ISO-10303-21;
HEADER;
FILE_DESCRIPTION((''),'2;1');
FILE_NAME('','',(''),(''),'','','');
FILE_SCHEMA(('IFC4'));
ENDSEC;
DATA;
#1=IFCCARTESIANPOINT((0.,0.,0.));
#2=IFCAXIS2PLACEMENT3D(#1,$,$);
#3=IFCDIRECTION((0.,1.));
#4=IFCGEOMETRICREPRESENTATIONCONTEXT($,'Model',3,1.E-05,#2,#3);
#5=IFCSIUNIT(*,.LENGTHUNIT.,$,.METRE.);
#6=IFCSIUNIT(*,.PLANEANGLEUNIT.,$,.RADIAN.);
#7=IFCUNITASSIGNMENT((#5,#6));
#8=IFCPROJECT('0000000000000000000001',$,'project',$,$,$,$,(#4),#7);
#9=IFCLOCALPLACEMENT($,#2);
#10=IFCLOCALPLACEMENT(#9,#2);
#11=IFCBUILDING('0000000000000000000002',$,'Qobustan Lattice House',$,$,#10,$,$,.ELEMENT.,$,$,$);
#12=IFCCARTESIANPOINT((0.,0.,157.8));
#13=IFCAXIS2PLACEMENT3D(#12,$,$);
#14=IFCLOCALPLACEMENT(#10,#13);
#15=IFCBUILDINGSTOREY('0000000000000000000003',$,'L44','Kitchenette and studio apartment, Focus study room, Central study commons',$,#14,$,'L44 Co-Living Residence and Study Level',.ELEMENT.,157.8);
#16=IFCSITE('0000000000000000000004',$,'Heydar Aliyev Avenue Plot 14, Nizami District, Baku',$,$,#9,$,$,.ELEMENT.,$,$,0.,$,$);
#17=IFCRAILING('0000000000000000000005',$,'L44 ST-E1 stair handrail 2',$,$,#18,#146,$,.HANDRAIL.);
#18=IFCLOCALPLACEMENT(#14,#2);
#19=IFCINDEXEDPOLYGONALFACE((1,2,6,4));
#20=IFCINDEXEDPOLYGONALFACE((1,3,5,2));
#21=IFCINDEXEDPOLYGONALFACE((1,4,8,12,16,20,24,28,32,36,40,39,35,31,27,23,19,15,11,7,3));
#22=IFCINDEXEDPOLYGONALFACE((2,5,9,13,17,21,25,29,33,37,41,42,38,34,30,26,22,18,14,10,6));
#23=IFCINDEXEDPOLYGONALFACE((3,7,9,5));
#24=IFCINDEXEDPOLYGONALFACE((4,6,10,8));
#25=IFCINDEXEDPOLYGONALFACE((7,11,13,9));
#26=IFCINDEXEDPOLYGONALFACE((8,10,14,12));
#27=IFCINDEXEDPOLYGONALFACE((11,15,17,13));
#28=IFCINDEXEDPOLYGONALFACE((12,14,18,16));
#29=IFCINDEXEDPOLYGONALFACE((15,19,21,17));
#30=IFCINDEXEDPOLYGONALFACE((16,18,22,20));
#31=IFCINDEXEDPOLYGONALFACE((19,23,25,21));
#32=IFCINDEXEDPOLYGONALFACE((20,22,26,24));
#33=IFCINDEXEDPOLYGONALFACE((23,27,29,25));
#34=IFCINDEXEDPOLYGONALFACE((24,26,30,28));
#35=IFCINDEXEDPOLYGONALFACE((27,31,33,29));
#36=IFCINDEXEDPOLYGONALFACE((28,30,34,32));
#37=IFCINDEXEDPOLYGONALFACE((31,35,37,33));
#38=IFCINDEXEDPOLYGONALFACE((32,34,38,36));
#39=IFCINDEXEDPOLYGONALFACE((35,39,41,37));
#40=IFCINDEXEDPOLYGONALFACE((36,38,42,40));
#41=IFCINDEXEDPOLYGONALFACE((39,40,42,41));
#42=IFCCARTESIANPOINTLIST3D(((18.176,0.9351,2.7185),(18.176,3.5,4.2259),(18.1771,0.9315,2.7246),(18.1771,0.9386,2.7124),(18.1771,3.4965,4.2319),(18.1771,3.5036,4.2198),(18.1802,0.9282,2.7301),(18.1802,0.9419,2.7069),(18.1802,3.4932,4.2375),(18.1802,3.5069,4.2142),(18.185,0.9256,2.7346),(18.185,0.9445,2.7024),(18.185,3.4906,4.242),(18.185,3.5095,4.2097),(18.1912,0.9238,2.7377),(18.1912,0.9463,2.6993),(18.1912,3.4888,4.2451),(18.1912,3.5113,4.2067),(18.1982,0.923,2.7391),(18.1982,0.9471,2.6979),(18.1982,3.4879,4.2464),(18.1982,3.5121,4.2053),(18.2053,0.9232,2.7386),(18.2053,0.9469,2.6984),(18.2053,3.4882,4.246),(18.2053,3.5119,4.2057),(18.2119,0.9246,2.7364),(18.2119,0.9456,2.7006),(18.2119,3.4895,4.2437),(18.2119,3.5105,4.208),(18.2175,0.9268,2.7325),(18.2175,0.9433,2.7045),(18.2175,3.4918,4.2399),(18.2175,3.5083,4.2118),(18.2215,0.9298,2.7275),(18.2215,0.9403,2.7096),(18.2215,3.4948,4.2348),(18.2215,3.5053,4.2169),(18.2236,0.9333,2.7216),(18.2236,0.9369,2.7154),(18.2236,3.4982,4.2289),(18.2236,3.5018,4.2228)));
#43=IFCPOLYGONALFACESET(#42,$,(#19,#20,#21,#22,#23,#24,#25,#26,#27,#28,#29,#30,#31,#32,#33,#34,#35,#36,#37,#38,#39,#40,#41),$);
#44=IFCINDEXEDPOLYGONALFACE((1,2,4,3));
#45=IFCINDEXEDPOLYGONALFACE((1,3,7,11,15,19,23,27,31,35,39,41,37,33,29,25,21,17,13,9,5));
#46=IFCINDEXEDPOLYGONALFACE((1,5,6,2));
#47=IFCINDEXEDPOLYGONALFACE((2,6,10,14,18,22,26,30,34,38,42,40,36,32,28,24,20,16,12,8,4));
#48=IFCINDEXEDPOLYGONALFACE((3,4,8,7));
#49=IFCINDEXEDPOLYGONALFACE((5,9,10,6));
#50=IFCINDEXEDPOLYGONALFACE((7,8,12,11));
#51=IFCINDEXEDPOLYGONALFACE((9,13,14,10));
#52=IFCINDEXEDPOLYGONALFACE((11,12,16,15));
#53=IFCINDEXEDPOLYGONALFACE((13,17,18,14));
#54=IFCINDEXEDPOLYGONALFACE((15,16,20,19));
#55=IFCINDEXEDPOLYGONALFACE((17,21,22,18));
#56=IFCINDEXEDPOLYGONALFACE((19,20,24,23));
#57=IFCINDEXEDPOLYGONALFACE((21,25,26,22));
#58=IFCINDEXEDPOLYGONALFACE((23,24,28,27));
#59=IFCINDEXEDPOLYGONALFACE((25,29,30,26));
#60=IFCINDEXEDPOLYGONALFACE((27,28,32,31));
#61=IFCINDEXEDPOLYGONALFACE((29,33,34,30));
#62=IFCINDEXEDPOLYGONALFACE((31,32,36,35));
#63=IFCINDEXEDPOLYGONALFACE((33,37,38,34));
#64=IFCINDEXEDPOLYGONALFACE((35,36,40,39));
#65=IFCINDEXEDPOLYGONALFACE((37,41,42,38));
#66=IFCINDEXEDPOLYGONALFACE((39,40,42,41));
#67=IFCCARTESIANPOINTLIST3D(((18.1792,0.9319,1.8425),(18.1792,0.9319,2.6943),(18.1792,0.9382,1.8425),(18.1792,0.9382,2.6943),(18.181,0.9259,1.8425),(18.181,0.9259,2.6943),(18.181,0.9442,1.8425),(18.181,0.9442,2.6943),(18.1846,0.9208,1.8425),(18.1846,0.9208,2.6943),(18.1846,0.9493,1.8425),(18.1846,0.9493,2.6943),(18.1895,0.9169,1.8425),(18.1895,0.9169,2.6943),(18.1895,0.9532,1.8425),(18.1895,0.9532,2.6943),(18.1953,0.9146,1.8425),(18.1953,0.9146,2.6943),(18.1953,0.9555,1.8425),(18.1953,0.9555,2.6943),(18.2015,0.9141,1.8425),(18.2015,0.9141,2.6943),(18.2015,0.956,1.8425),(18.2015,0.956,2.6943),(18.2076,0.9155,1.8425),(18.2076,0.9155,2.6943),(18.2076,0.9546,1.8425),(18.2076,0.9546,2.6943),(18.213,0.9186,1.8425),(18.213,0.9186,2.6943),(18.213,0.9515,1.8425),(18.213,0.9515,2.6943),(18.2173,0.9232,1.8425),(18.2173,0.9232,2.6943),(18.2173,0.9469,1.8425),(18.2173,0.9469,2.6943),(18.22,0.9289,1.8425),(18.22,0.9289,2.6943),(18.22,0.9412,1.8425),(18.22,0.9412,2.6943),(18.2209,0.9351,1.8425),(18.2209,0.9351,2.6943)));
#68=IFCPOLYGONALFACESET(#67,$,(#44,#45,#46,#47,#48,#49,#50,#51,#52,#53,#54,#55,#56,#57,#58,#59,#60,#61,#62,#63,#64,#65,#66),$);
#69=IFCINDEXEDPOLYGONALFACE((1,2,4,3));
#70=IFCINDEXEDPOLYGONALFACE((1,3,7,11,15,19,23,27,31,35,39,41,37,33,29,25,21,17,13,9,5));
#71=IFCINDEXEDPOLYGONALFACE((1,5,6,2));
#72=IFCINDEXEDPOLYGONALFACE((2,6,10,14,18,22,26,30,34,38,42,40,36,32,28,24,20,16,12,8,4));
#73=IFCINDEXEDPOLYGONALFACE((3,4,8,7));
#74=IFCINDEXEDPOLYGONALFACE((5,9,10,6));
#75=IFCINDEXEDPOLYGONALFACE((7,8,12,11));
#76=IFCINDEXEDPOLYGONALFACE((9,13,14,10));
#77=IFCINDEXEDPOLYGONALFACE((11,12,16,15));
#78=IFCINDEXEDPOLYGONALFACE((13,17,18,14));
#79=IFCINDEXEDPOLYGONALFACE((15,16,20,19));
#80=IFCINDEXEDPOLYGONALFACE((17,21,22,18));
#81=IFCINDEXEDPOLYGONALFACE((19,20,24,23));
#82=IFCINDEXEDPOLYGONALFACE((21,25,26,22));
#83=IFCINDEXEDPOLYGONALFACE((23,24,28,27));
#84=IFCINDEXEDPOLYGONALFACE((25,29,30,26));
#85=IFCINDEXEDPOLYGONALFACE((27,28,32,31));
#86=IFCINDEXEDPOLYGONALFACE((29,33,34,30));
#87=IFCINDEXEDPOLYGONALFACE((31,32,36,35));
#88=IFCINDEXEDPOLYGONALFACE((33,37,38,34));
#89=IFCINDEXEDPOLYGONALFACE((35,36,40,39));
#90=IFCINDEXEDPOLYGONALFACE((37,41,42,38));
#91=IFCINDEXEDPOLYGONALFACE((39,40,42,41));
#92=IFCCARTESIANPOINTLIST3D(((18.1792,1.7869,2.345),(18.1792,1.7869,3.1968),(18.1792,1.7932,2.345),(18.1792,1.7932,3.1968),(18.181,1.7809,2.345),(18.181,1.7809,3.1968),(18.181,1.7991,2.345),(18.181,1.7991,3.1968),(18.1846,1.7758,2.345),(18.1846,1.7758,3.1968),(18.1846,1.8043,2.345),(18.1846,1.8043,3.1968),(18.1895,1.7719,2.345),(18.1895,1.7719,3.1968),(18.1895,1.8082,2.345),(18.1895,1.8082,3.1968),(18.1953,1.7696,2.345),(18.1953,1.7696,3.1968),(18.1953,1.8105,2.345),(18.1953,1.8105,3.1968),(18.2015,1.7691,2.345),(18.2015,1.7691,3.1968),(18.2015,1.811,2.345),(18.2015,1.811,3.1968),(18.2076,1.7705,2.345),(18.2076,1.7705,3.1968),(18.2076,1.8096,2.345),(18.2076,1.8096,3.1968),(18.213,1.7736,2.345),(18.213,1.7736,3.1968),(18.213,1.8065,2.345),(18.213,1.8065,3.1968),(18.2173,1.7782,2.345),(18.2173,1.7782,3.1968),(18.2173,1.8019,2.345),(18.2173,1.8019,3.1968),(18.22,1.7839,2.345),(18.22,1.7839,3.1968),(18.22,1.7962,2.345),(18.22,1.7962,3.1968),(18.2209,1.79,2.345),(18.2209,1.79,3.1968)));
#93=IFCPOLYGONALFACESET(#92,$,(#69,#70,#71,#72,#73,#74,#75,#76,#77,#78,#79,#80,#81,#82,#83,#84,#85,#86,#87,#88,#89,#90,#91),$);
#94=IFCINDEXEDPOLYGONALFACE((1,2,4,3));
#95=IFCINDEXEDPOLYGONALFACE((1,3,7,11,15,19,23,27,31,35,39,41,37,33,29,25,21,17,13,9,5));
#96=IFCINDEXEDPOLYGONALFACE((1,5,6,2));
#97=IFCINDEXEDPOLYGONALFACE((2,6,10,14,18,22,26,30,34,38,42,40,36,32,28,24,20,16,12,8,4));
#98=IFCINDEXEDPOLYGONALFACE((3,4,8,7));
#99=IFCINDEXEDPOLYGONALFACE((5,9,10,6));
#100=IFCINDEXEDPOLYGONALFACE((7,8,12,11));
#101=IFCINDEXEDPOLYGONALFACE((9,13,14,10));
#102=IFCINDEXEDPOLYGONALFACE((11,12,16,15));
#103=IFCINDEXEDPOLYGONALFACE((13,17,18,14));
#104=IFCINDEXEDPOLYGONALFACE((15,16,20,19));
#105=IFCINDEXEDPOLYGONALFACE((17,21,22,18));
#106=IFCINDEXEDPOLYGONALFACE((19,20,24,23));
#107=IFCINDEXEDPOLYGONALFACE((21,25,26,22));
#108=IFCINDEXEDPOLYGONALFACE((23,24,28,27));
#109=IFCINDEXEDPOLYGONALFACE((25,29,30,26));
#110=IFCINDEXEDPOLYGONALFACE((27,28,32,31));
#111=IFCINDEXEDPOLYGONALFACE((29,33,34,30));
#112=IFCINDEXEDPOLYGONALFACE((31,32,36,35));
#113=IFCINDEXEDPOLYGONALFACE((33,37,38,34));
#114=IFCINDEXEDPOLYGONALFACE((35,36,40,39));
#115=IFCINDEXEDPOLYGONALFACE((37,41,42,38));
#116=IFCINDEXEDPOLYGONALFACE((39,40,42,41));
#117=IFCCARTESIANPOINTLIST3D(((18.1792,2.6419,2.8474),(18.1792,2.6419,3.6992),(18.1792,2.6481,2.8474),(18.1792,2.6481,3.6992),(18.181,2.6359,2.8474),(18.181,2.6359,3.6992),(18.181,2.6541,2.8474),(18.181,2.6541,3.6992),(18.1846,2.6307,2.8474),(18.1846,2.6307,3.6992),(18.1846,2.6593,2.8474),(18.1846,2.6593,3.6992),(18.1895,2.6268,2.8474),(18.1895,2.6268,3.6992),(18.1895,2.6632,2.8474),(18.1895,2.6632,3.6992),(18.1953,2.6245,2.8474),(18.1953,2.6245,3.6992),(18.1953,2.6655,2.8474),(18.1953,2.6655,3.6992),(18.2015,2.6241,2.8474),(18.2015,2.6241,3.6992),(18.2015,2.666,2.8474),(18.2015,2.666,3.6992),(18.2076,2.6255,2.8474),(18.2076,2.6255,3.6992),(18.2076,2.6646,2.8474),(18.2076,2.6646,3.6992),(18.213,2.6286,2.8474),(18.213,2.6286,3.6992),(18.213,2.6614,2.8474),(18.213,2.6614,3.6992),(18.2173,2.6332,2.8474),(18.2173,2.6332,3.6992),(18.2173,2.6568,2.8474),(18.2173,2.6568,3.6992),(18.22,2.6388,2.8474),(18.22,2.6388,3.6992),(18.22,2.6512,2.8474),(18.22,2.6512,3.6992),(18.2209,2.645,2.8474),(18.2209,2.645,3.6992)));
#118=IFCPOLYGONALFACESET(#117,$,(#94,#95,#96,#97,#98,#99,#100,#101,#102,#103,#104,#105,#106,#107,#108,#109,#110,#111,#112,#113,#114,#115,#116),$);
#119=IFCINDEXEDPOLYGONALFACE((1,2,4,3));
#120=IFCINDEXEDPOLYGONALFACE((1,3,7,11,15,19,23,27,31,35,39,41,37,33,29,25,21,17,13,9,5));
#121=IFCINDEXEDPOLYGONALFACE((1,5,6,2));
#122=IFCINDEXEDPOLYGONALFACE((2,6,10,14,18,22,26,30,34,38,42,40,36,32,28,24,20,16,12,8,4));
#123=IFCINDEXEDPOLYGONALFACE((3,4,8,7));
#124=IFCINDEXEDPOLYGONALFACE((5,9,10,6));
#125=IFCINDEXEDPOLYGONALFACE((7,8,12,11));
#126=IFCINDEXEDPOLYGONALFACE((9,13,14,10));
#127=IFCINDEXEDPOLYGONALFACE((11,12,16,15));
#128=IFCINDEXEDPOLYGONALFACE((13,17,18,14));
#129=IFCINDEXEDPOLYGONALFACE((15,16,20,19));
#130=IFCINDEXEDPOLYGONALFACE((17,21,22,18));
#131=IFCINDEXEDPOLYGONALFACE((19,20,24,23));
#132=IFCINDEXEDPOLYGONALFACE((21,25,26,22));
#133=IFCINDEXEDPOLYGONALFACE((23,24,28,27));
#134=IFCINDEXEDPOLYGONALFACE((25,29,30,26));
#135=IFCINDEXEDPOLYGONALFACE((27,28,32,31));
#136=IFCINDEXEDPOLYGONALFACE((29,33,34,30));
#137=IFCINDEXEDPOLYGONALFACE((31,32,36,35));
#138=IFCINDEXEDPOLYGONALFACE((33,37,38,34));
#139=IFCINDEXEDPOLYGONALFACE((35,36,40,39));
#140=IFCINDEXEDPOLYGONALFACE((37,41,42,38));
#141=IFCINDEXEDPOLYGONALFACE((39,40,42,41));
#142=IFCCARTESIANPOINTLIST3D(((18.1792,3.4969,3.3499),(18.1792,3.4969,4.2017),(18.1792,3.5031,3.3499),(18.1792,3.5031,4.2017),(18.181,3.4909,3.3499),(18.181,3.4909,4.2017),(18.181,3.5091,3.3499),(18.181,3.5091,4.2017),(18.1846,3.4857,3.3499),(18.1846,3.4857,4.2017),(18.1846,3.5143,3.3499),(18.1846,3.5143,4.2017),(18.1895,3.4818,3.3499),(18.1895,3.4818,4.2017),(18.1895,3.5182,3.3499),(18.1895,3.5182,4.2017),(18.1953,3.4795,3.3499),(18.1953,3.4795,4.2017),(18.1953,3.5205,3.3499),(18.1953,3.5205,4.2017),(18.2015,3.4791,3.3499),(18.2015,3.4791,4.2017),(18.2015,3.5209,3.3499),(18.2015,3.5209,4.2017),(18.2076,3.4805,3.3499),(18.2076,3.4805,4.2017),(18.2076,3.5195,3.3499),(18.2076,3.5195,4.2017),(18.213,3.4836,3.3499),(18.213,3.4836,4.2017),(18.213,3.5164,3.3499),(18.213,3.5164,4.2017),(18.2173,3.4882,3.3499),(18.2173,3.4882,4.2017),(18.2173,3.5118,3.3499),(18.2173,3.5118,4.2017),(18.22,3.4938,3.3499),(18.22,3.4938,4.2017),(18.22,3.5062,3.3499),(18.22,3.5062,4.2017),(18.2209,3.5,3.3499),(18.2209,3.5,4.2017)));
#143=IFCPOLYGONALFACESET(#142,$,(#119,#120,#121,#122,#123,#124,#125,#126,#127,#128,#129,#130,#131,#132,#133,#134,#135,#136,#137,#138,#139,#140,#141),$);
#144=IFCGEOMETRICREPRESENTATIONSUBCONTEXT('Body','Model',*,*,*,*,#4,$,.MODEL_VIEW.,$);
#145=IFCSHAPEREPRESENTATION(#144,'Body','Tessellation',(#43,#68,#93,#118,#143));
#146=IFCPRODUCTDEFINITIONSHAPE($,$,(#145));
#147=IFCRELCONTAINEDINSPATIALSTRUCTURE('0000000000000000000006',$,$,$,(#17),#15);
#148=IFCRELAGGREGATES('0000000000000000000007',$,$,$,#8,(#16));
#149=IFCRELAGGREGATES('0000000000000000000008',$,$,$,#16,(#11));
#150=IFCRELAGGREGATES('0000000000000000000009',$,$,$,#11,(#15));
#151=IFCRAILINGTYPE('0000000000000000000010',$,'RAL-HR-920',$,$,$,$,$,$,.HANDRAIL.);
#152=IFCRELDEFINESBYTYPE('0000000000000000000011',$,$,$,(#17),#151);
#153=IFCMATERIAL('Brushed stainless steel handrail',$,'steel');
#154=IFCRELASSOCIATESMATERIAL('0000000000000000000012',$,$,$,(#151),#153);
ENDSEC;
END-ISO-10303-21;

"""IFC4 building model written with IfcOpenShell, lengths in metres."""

from ifc_helpers import new_model, si_unit, direction, frame, origin, origin_2d, place, context, subcontext, project, spatial, circle, extrude, material, type_object, element, save


model = new_model("IFC4")

# Units and contexts
model_context = context("Model", 3, precision=1e-05, world=origin(), true_north=direction((0.0, 1.0)))
body_context = subcontext(model_context, "Body", "Model", "MODEL_VIEW")
ifc_project = project(units=[si_unit("LENGTHUNIT", "METRE"), si_unit("PLANEANGLEUNIT", "RADIAN")], contexts=[model_context])

# Site, building, storey
site_placement = place(None, origin())
site = spatial("IfcSite", under=ifc_project, at=site_placement, Name="Heydar Aliyev Avenue Plot 14, Nizami District, Baku", CompositionType="ELEMENT", RefElevation=0.0)
building_placement = place(site_placement, origin())
building = spatial("IfcBuilding", under=site, at=building_placement, Name="Qobustan Lattice House", CompositionType="ELEMENT")
storey_placement = place(building_placement, frame((0.0, 0.0, 157.8)))
storey = spatial("IfcBuildingStorey", under=building, at=storey_placement, Name="L44", Description="Kitchenette and studio apartment, Focus study room, Central study commons", LongName="L44 Co-Living Residence and Study Level", CompositionType="ELEMENT", Elevation=157.8)

# Railing
ifc_material_1 = material(Name="Brushed stainless steel handrail", Category="steel")
railing_type_1 = type_object("IfcRailingType", Name="RAL-HR-920", PredefinedType="HANDRAIL", material=ifc_material_1)
railing_1_placement = place(storey_placement, frame((18.2, 0.9351, 1.8425)))
element("IfcRailing", 1, at=railing_1_placement, inside=storey, type_object=railing_type_1, Name="L44 ST-E1 stair handrail 2", PredefinedType="HANDRAIL", context=body_context, shape_type="SweptSolid", body=[
    extrude(circle(Radius=0.0239, at=origin_2d()), frame((0.0, 0.0, 0.876), z_axis=(0.0, 0.862149, 0.506654), x_axis=(-1.0, 0.0, 0.0)), (0.0, 0.0, 1.0), 2.9751),
    extrude(circle(Radius=0.021, at=origin_2d()), origin(), (0.0, 0.0, 1.0), 0.8518),
    extrude(circle(Radius=0.021, at=origin_2d()), frame((0.0, 0.855, 0.5024)), (0.0, 0.0, 1.0), 0.8518),
    extrude(circle(Radius=0.021, at=origin_2d()), frame((0.0, 1.71, 1.0049)), (0.0, 0.0, 1.0), 0.8518),
    extrude(circle(Radius=0.021, at=origin_2d()), frame((0.0, 2.5649, 1.5073)), (0.0, 0.0, 1.0), 0.8518),
])

save(model, "model.ifc")
